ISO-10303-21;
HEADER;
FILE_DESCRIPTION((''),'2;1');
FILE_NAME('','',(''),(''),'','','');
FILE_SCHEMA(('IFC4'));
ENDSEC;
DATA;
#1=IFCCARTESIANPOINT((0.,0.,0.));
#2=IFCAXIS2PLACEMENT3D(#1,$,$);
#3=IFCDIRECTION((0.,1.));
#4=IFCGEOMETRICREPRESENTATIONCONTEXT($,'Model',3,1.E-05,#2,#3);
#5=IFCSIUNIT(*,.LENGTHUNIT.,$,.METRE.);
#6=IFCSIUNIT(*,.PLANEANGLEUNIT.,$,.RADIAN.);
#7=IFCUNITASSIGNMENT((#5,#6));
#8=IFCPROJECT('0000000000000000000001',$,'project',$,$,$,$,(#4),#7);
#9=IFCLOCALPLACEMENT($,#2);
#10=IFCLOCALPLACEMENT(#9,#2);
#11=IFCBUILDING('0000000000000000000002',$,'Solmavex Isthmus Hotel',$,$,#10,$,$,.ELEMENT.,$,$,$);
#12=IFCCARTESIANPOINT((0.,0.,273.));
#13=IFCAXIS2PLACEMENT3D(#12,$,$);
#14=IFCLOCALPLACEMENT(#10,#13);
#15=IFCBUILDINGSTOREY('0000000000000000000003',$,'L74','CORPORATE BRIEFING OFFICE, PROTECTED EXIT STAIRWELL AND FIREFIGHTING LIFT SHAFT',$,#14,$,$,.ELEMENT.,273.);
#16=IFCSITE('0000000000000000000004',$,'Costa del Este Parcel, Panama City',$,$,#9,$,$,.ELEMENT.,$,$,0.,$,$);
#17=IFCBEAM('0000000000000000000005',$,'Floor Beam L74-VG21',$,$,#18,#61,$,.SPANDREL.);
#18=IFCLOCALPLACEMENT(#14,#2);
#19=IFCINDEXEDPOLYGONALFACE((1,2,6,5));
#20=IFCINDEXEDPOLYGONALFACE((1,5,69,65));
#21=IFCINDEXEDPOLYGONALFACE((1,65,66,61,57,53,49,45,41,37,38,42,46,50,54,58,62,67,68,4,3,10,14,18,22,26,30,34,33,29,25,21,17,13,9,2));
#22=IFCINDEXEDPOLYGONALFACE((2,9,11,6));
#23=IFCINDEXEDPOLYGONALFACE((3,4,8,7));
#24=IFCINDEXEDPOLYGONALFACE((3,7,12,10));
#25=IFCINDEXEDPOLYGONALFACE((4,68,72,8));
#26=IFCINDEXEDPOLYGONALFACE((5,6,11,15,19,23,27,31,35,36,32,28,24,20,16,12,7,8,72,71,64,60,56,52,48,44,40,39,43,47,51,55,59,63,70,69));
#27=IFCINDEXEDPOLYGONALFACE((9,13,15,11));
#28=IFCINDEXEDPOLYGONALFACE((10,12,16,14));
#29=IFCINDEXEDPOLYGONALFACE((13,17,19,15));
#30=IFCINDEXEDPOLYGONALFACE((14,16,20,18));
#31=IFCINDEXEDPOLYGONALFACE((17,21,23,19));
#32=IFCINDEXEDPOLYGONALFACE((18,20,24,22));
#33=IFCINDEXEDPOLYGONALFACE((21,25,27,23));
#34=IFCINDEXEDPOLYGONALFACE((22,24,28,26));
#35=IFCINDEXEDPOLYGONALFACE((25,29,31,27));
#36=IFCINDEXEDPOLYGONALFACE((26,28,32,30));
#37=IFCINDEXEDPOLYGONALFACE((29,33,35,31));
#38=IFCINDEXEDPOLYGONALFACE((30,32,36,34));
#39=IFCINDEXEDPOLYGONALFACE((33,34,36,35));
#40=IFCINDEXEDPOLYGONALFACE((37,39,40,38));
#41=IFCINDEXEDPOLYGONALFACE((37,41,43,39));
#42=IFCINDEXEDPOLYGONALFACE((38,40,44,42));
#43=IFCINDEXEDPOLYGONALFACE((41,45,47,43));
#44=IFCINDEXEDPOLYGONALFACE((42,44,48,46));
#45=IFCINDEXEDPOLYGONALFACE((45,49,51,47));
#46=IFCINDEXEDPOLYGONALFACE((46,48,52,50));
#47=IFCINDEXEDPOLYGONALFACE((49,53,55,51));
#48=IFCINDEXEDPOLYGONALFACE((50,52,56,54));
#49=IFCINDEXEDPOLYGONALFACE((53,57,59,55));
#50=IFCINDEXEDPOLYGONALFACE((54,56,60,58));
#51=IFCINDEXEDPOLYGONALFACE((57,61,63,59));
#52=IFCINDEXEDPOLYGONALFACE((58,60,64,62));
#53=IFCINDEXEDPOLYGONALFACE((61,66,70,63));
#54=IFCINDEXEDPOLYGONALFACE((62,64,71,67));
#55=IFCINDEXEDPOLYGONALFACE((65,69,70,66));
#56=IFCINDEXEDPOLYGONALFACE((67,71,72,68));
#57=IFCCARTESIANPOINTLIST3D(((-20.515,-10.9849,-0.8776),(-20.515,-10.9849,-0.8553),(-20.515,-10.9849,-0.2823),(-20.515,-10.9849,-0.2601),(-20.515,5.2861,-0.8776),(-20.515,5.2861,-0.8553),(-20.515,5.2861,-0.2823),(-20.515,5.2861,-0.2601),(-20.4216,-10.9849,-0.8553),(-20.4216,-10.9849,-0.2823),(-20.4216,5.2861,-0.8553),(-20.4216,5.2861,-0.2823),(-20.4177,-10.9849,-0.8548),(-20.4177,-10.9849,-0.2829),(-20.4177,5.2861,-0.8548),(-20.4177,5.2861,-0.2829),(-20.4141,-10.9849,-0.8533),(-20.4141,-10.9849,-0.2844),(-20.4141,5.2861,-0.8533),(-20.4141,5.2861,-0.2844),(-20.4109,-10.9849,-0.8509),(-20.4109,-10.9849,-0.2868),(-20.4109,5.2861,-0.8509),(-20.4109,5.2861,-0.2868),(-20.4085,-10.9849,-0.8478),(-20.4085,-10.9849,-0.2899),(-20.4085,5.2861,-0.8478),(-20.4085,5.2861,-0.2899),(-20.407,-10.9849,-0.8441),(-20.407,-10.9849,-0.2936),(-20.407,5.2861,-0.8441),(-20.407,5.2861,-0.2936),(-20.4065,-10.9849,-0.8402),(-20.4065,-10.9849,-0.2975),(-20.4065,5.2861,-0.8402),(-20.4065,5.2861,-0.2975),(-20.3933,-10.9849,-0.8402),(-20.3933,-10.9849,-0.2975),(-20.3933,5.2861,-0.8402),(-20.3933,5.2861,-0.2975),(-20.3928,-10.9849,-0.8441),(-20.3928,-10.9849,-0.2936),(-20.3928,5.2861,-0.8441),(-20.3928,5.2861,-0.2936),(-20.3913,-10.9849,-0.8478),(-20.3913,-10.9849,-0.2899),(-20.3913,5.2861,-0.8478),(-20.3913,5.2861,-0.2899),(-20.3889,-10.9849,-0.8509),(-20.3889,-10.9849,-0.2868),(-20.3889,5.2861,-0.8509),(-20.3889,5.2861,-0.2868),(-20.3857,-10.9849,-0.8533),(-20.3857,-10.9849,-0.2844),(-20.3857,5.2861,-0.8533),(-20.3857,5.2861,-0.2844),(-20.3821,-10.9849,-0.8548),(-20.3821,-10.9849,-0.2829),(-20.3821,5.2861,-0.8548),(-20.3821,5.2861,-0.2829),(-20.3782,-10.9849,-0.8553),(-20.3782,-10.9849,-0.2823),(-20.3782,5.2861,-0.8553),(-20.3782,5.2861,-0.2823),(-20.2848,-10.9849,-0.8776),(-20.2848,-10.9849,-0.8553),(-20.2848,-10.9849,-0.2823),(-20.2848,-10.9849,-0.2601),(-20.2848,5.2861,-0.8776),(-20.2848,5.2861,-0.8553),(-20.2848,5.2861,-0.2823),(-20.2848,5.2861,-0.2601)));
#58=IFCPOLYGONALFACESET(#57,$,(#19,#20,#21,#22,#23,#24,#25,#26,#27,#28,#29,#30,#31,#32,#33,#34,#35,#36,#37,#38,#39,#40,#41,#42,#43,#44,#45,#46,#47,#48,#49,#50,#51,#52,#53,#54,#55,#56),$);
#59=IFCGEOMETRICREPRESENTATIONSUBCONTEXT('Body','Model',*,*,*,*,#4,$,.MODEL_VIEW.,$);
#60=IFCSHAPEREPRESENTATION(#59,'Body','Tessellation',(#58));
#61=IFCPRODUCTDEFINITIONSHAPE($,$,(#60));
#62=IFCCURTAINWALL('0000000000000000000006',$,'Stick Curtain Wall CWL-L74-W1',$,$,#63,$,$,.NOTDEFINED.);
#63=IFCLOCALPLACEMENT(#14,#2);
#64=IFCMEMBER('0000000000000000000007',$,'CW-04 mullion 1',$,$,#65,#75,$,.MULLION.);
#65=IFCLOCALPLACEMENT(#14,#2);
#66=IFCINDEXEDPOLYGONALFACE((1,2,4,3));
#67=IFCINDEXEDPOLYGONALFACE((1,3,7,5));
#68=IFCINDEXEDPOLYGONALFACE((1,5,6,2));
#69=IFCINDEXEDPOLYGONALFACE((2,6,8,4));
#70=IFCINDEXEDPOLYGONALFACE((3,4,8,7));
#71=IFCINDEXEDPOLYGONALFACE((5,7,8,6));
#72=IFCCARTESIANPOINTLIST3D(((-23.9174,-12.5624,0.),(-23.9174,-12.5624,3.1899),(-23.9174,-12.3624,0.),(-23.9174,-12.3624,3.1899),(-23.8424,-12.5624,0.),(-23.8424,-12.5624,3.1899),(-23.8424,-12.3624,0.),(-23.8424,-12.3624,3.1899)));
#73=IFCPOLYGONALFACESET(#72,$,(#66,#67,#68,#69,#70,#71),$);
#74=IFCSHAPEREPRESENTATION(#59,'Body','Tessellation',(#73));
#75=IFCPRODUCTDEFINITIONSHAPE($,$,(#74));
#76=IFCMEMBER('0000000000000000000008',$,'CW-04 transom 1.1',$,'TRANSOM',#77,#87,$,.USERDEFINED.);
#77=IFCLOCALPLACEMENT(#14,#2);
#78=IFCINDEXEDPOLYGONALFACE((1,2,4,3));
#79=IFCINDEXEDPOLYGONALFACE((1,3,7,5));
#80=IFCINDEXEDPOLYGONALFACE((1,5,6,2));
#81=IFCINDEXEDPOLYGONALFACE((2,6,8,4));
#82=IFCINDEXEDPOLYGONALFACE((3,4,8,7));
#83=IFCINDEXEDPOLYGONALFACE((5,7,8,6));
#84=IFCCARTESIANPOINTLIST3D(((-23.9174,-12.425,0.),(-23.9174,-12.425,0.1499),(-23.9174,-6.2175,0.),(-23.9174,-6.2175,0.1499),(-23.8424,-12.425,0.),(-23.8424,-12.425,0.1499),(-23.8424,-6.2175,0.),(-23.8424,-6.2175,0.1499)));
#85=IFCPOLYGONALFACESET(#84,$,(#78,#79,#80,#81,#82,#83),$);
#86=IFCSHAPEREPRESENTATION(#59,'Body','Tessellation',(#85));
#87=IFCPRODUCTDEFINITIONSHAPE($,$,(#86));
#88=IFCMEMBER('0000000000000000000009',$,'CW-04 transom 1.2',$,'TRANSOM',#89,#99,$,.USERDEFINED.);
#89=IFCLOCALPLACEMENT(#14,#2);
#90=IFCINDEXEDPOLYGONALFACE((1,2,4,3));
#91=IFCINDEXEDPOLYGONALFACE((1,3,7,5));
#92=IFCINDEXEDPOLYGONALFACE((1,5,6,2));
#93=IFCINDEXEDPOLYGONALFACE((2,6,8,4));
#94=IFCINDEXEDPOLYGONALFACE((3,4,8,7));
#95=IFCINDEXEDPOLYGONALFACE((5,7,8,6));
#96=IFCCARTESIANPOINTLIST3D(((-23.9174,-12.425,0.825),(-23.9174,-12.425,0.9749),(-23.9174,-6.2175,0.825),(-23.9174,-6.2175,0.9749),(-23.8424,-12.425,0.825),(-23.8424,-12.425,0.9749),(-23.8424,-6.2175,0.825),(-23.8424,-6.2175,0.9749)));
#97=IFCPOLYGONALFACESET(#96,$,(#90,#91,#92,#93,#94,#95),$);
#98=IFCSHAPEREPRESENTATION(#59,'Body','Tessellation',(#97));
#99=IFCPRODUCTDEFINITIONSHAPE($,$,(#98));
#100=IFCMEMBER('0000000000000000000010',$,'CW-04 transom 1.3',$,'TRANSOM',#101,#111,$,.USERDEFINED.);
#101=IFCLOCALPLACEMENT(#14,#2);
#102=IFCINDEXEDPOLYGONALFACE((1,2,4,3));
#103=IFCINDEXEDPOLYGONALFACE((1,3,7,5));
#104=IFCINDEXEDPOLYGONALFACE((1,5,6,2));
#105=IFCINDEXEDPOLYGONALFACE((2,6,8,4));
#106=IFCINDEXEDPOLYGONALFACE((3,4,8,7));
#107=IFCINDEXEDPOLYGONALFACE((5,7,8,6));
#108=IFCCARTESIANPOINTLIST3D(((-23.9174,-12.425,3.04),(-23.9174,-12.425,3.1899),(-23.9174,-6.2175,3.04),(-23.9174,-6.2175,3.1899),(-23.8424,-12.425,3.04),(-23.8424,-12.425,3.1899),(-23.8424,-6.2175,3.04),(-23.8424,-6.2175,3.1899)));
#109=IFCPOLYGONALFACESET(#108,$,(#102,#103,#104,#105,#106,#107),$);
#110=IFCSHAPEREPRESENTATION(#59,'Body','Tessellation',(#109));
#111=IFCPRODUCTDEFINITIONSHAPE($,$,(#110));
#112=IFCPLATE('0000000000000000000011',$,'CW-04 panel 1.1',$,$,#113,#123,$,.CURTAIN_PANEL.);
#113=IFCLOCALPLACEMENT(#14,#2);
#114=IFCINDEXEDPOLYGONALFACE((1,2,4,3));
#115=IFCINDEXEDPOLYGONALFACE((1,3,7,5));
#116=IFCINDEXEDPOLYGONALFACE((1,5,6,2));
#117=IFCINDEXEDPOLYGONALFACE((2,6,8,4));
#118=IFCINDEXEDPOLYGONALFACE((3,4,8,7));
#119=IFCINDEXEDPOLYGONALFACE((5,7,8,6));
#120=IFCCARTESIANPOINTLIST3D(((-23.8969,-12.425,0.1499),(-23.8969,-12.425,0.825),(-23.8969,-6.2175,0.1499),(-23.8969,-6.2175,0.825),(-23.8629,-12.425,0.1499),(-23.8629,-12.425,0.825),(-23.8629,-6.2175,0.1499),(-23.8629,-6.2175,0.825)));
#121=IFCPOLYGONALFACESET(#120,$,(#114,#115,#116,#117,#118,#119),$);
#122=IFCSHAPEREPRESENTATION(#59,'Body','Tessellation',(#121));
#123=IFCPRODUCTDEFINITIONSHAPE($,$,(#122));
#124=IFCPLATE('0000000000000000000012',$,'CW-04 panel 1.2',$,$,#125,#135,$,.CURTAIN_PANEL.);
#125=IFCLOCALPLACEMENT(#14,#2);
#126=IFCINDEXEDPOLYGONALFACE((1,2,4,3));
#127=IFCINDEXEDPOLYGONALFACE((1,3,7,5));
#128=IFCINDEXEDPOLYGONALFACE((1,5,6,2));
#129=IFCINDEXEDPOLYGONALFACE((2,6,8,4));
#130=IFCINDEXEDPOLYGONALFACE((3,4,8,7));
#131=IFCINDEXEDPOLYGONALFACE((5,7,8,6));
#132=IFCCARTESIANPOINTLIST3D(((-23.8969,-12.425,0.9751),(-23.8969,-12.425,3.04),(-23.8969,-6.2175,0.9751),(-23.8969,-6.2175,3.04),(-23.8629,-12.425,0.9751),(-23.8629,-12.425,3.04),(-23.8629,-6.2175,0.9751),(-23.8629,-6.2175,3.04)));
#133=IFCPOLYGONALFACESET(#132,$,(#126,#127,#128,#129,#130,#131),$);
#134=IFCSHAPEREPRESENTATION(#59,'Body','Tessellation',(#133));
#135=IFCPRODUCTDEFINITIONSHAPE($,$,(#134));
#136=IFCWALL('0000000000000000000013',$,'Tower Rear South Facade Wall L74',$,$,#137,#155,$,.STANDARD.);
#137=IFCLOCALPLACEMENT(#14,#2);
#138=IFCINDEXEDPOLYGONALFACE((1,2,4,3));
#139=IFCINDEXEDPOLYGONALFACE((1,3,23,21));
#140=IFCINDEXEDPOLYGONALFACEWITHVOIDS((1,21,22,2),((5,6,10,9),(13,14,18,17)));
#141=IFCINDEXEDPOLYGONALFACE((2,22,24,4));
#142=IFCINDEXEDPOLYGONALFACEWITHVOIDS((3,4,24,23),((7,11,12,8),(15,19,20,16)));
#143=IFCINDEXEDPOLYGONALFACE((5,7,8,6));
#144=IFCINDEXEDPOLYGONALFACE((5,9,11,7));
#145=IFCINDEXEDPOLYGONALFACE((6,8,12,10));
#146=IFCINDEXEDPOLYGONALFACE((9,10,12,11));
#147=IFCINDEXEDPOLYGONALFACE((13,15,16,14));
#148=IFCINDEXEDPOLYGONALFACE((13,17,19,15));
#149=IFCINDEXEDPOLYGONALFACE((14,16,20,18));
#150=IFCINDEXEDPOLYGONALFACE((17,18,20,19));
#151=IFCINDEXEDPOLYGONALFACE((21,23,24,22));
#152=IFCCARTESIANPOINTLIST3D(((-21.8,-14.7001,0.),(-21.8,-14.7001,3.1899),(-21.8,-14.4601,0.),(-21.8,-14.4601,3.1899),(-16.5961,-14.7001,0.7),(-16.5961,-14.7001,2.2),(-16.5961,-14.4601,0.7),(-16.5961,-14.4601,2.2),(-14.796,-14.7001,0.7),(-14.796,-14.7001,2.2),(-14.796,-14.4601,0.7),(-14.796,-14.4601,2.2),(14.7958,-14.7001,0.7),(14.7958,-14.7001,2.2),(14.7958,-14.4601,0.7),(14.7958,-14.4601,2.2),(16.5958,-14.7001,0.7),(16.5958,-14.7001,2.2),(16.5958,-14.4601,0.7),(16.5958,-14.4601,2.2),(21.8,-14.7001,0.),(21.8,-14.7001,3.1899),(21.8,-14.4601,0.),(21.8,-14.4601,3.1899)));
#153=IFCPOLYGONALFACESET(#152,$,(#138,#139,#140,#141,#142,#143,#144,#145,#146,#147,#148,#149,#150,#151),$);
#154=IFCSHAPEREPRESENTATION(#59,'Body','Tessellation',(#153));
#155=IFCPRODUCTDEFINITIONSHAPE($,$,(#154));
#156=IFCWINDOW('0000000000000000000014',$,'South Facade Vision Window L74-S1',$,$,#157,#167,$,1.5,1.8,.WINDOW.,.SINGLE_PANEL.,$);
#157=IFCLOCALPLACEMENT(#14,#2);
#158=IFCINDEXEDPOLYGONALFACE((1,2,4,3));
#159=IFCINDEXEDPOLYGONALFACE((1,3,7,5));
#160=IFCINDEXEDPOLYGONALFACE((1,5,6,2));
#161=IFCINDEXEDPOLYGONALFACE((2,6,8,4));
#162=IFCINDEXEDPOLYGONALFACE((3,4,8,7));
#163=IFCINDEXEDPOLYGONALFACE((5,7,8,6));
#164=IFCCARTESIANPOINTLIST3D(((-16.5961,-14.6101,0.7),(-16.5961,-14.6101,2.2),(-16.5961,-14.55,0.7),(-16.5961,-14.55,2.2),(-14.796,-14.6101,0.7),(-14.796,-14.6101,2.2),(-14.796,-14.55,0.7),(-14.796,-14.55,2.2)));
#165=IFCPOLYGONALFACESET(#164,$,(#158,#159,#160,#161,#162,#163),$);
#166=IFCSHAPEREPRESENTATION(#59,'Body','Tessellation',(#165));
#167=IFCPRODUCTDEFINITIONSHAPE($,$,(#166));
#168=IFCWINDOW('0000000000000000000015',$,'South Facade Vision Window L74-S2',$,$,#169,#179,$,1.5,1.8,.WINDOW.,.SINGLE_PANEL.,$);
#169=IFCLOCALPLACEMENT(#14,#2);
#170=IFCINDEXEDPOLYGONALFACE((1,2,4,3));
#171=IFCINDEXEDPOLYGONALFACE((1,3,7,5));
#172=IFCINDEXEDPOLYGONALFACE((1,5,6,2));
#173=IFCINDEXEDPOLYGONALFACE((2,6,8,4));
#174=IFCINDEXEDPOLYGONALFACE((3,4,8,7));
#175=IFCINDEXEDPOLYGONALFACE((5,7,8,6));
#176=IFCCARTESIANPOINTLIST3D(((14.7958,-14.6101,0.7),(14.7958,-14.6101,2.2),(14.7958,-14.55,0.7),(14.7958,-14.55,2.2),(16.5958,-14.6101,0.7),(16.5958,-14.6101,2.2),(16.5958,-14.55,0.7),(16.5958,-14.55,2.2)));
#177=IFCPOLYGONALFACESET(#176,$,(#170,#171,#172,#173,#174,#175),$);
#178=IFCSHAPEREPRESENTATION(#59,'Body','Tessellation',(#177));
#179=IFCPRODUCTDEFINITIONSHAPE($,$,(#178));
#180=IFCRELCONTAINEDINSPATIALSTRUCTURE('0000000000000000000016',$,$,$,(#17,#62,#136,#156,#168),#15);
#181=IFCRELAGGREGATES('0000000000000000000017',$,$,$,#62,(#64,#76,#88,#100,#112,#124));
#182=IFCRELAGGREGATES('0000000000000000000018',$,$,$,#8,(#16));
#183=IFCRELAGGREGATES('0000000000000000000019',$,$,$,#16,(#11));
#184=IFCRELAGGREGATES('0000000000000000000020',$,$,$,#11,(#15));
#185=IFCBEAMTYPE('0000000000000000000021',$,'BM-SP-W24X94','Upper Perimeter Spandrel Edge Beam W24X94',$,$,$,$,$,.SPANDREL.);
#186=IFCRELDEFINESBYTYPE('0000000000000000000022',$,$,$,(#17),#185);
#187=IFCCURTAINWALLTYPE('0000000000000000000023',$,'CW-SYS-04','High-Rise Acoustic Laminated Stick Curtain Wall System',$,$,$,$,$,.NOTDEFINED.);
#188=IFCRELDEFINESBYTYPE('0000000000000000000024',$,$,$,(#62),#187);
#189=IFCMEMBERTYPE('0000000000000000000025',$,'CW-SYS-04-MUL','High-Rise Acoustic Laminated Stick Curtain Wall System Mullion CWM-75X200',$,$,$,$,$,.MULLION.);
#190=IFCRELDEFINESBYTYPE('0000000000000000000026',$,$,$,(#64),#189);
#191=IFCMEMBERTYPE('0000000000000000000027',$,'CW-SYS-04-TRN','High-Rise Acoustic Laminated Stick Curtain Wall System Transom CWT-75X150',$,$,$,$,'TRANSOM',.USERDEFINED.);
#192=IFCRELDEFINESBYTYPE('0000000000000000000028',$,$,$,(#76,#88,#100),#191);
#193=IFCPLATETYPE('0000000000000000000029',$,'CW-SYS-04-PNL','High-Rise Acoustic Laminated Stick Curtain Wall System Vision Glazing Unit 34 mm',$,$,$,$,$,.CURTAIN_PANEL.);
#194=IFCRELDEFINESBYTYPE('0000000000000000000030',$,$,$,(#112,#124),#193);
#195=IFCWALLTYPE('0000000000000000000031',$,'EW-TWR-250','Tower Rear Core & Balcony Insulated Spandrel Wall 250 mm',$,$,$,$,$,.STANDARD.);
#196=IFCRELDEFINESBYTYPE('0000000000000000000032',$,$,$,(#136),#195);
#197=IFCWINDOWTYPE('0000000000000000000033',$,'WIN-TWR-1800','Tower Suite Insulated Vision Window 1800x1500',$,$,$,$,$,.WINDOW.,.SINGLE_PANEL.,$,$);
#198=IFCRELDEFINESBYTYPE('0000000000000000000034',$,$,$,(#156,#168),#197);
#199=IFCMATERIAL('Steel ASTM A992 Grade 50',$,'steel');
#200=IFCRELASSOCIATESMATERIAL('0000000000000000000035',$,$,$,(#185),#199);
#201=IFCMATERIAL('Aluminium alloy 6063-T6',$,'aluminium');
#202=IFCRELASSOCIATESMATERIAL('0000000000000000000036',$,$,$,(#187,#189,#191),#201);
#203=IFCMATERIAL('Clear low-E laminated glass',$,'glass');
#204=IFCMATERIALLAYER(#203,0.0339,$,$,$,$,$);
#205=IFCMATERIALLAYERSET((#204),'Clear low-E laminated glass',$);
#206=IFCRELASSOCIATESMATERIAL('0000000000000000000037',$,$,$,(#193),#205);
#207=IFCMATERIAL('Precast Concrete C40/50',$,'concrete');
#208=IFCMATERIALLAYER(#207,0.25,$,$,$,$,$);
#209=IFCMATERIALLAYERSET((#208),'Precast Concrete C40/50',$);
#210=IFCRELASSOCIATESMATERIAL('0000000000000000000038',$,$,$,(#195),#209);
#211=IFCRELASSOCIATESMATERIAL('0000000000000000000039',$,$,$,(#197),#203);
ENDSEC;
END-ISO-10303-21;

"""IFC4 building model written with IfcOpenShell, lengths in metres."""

from ifc_helpers import new_model, si_unit, direction, frame, frame_2d, origin, origin_2d, place, context, subcontext, project, spatial, rectangle, i_section, extrude, material, layer, layer_set, material_profile, profile_set, type_object, element, fill, aggregate, save


model = new_model("IFC4")

# Units and contexts
model_context = context("Model", 3, precision=1e-05, world=origin(), true_north=direction((0.0, 1.0)))
body_context = subcontext(model_context, "Body", "Model", "MODEL_VIEW")
ifc_project = project(units=[si_unit("LENGTHUNIT", "METRE"), si_unit("PLANEANGLEUNIT", "RADIAN")], contexts=[model_context])

# Site, building, storey
site_placement = place(None, origin())
site = spatial("IfcSite", under=ifc_project, at=site_placement, Name="Costa del Este Parcel, Panama City", CompositionType="ELEMENT", RefElevation=0.0)
building_placement = place(site_placement, origin())
building = spatial("IfcBuilding", under=site, at=building_placement, Name="Solmavex Isthmus Hotel", CompositionType="ELEMENT")
storey_placement = place(building_placement, frame((0.0, 0.0, 273.0)))
storey = spatial("IfcBuildingStorey", under=building, at=storey_placement, Name="L74", Description="CORPORATE BRIEFING OFFICE, PROTECTED EXIT STAIRWELL AND FIREFIGHTING LIFT SHAFT", CompositionType="ELEMENT", Elevation=273.0)

# Beam
ifc_material_1 = material(Name="Steel ASTM A992 Grade 50", Category="steel")
ifc_material_profile_1 = material_profile(ifc_material_1, i_section(OverallWidth=0.2302, OverallDepth=0.6174, WebThickness=0.0132, FlangeThickness=0.0222, FilletRadius=0.0151, at=origin_2d()), Name="W24X94")
ifc_profile_set_1 = profile_set([ifc_material_profile_1], Name="Steel ASTM A992 Grade 50")
beam_type_1 = type_object("IfcBeamType", Name="BM-SP-W24X94", Description="Upper Perimeter Spandrel Edge Beam W24X94", PredefinedType="SPANDREL", material=ifc_profile_set_1)
beam_1_placement = place(storey_placement, frame((-20.3999, -10.9849, -0.5688), z_axis=(0.0, 1.0, 0.0), x_axis=(-1.0, 0.0, 0.0)))
element("IfcBeam", 1, at=beam_1_placement, inside=storey, type_object=beam_type_1, Name="Floor Beam L74-VG21", PredefinedType="SPANDREL", context=body_context, shape_type="SweptSolid", body=[
    extrude(i_section(OverallWidth=0.2302, OverallDepth=0.6174, WebThickness=0.0132, FlangeThickness=0.0222, FilletRadius=0.0151, at=origin_2d()), origin(), (0.0, 0.0, 1.0), 16.271),
])

# Curtain wall, members, plates
ifc_material_2 = material(Name="Aluminium alloy 6063-T6", Category="aluminium")
curtain_wall_type = type_object("IfcCurtainWallType", Name="CW-SYS-04", Description="High-Rise Acoustic Laminated Stick Curtain Wall System", PredefinedType="NOTDEFINED", material=ifc_material_2)
curtain_wall_placement = place(storey_placement, origin())
curtain_wall = element("IfcCurtainWall", 2, at=curtain_wall_placement, inside=storey, type_object=curtain_wall_type, Name="Stick Curtain Wall CWL-L74-W1", PredefinedType="NOTDEFINED")
ifc_material_profile_2 = material_profile(ifc_material_2, rectangle(XDim=0.075, YDim=0.2, at=origin_2d()), Name="CWM-75X200")
ifc_profile_set_2 = profile_set([ifc_material_profile_2], Name="Aluminium alloy 6063-T6")
member_type_1 = type_object("IfcMemberType", Name="CW-SYS-04-MUL", Description="High-Rise Acoustic Laminated Stick Curtain Wall System Mullion CWM-75X200", PredefinedType="MULLION", material=ifc_profile_set_2)
member_1_placement = place(storey_placement, frame((-23.8799, -12.4624, 0.0), z_axis=(0.0, 0.0, 1.0), x_axis=(-1.0, 0.0, 0.0)))
member_1 = element("IfcMember", 3, at=member_1_placement, type_object=member_type_1, Name="CW-04 mullion 1", PredefinedType="MULLION", context=body_context, shape_type="SweptSolid", body=[
    extrude(rectangle(XDim=0.075, YDim=0.2, at=origin_2d()), origin(), (0.0, 0.0, 1.0), 3.1899),
])
ifc_material_profile_3 = material_profile(ifc_material_2, rectangle(XDim=0.075, YDim=0.1499, at=origin_2d()), Name="CWT-75X150")
ifc_profile_set_3 = profile_set([ifc_material_profile_3], Name="Aluminium alloy 6063-T6")
member_type_2 = type_object("IfcMemberType", Name="CW-SYS-04-TRN", Description="High-Rise Acoustic Laminated Stick Curtain Wall System Transom CWT-75X150", ElementType="TRANSOM", PredefinedType="USERDEFINED", material=ifc_profile_set_3)
member_2_placement = place(storey_placement, frame((-23.8799, -12.425, 0.075), z_axis=(0.0, 1.0, 0.0), x_axis=(-1.0, 0.0, 0.0)))
member_2 = element("IfcMember", 4, at=member_2_placement, type_object=member_type_2, Name="CW-04 transom 1.1", ObjectType="TRANSOM", PredefinedType="USERDEFINED", context=body_context, shape_type="SweptSolid", body=[
    extrude(rectangle(XDim=0.075, YDim=0.1499, at=origin_2d()), origin(), (0.0, 0.0, 1.0), 6.2075),
])
member_3_placement = place(storey_placement, frame((-23.8799, -12.425, 0.8999), z_axis=(0.0, 1.0, 0.0), x_axis=(-1.0, 0.0, 0.0)))
member_3 = element("IfcMember", 5, at=member_3_placement, type_object=member_type_2, Name="CW-04 transom 1.2", ObjectType="TRANSOM", PredefinedType="USERDEFINED", context=body_context, shape_type="SweptSolid", body=[
    extrude(rectangle(XDim=0.075, YDim=0.1499, at=origin_2d()), origin(), (0.0, 0.0, 1.0), 6.2075),
])
member_4_placement = place(storey_placement, frame((-23.8799, -12.425, 3.115), z_axis=(0.0, 1.0, 0.0), x_axis=(-1.0, 0.0, 0.0)))
member_4 = element("IfcMember", 6, at=member_4_placement, type_object=member_type_2, Name="CW-04 transom 1.3", ObjectType="TRANSOM", PredefinedType="USERDEFINED", context=body_context, shape_type="SweptSolid", body=[
    extrude(rectangle(XDim=0.075, YDim=0.1499, at=origin_2d()), origin(), (0.0, 0.0, 1.0), 6.2075),
])
ifc_material_3 = material(Name="Clear low-E laminated glass", Category="glass")
ifc_layer_1 = layer(ifc_material_3, 0.0339)
ifc_layer_set_1 = layer_set([ifc_layer_1], Name="Clear low-E laminated glass")
plate_type = type_object("IfcPlateType", Name="CW-SYS-04-PNL", Description="High-Rise Acoustic Laminated Stick Curtain Wall System Vision Glazing Unit 34 mm", PredefinedType="CURTAIN_PANEL", material=ifc_layer_set_1)
plate_1_placement = place(storey_placement, frame((-23.8799, -9.3213, 0.1499), z_axis=(0.0, 0.0, 1.0), x_axis=(0.0, 1.0, 0.0)))
plate_1 = element("IfcPlate", 7, at=plate_1_placement, type_object=plate_type, Name="CW-04 panel 1.1", PredefinedType="CURTAIN_PANEL", context=body_context, shape_type="SweptSolid", body=[
    extrude(rectangle(XDim=6.2075, YDim=0.0339, at=origin_2d()), origin(), (0.0, 0.0, 1.0), 0.675),
])
plate_2_placement = place(storey_placement, frame((-23.8799, -9.3213, 0.9751), z_axis=(0.0, 0.0, 1.0), x_axis=(0.0, 1.0, 0.0)))
plate_2 = element("IfcPlate", 8, at=plate_2_placement, type_object=plate_type, Name="CW-04 panel 1.2", PredefinedType="CURTAIN_PANEL", context=body_context, shape_type="SweptSolid", body=[
    extrude(rectangle(XDim=6.2075, YDim=0.0339, at=origin_2d()), origin(), (0.0, 0.0, 1.0), 2.0649),
])
aggregate(curtain_wall, [member_1, member_2, member_3, member_4, plate_1, plate_2])

# Wall, openings, windows
ifc_material_4 = material(Name="Precast Concrete C40/50", Category="concrete")
ifc_layer_2 = layer(ifc_material_4, 0.25)
ifc_layer_set_2 = layer_set([ifc_layer_2], Name="Precast Concrete C40/50")
wall_type_1 = type_object("IfcWallType", Name="EW-TWR-250", Description="Tower Rear Core & Balcony Insulated Spandrel Wall 250 mm", PredefinedType="STANDARD", material=ifc_layer_set_2)
wall_1_placement = place(storey_placement, frame((-21.8, -14.5801, 0.0), z_axis=(0.0, 0.0, 1.0), x_axis=(1.0, 0.0, 0.0)))
wall_1 = element("IfcWall", 9, at=wall_1_placement, inside=storey, type_object=wall_type_1, Name="Tower Rear South Facade Wall L74", PredefinedType="STANDARD", context=body_context, shape_type="SweptSolid", body=[
    extrude(rectangle(XDim=43.6001, YDim=0.24, at=frame_2d((21.8, 0.0))), origin(), (0.0, 0.0, 1.0), 3.1899),
])
opening_1_placement = place(wall_1_placement, frame((5.2041, 0.0, 0.7)))
opening_1 = element("IfcOpeningElement", 10, at=opening_1_placement, cuts=wall_1, PredefinedType="OPENING", context=body_context, shape_type="SweptSolid", body=[
    extrude(rectangle(XDim=1.8, YDim=1.5, at=frame_2d((0.8999, 0.75))), frame((0.0, 0.1299, 0.0), z_axis=(0.0, -1.0, 0.0), x_axis=(1.0, 0.0, 0.0)), (0.0, 0.0, 1.0), 0.26),
])
opening_2_placement = place(wall_1_placement, frame((36.5959, 0.0, 0.7)))
opening_2 = element("IfcOpeningElement", 11, at=opening_2_placement, cuts=wall_1, PredefinedType="OPENING", context=body_context, shape_type="SweptSolid", body=[
    extrude(rectangle(XDim=1.8, YDim=1.5, at=frame_2d((0.8999, 0.75))), frame((0.0, 0.1299, 0.0), z_axis=(0.0, -1.0, 0.0), x_axis=(1.0, 0.0, 0.0)), (0.0, 0.0, 1.0), 0.26),
])
window_type = type_object("IfcWindowType", Name="WIN-TWR-1800", Description="Tower Suite Insulated Vision Window 1800x1500", PartitioningType="SINGLE_PANEL", PredefinedType="WINDOW", material=ifc_material_3)
window_1_placement = place(opening_1_placement, origin())
window_1 = element("IfcWindow", 12, at=window_1_placement, inside=storey, type_object=window_type, Name="South Facade Vision Window L74-S1", OverallHeight=1.5, OverallWidth=1.8, PartitioningType="SINGLE_PANEL", PredefinedType="WINDOW", context=body_context, shape_type="SweptSolid", body=[
    extrude(rectangle(XDim=1.8, YDim=1.5, at=frame_2d((0.8999, 0.75))), frame((0.0, 0.03, 0.0), z_axis=(0.0, -1.0, 0.0), x_axis=(1.0, 0.0, 0.0)), (0.0, 0.0, 1.0), 0.0601),
])
fill(opening_1, window_1)
window_2_placement = place(opening_2_placement, origin())
window_2 = element("IfcWindow", 13, at=window_2_placement, inside=storey, type_object=window_type, Name="South Facade Vision Window L74-S2", OverallHeight=1.5, OverallWidth=1.8, PartitioningType="SINGLE_PANEL", PredefinedType="WINDOW", context=body_context, shape_type="SweptSolid", body=[
    extrude(rectangle(XDim=1.8, YDim=1.5, at=frame_2d((0.8999, 0.75))), frame((0.0, 0.03, 0.0), z_axis=(0.0, -1.0, 0.0), x_axis=(1.0, 0.0, 0.0)), (0.0, 0.0, 1.0), 0.0601),
])
fill(opening_2, window_2)

save(model, "model.ifc")
